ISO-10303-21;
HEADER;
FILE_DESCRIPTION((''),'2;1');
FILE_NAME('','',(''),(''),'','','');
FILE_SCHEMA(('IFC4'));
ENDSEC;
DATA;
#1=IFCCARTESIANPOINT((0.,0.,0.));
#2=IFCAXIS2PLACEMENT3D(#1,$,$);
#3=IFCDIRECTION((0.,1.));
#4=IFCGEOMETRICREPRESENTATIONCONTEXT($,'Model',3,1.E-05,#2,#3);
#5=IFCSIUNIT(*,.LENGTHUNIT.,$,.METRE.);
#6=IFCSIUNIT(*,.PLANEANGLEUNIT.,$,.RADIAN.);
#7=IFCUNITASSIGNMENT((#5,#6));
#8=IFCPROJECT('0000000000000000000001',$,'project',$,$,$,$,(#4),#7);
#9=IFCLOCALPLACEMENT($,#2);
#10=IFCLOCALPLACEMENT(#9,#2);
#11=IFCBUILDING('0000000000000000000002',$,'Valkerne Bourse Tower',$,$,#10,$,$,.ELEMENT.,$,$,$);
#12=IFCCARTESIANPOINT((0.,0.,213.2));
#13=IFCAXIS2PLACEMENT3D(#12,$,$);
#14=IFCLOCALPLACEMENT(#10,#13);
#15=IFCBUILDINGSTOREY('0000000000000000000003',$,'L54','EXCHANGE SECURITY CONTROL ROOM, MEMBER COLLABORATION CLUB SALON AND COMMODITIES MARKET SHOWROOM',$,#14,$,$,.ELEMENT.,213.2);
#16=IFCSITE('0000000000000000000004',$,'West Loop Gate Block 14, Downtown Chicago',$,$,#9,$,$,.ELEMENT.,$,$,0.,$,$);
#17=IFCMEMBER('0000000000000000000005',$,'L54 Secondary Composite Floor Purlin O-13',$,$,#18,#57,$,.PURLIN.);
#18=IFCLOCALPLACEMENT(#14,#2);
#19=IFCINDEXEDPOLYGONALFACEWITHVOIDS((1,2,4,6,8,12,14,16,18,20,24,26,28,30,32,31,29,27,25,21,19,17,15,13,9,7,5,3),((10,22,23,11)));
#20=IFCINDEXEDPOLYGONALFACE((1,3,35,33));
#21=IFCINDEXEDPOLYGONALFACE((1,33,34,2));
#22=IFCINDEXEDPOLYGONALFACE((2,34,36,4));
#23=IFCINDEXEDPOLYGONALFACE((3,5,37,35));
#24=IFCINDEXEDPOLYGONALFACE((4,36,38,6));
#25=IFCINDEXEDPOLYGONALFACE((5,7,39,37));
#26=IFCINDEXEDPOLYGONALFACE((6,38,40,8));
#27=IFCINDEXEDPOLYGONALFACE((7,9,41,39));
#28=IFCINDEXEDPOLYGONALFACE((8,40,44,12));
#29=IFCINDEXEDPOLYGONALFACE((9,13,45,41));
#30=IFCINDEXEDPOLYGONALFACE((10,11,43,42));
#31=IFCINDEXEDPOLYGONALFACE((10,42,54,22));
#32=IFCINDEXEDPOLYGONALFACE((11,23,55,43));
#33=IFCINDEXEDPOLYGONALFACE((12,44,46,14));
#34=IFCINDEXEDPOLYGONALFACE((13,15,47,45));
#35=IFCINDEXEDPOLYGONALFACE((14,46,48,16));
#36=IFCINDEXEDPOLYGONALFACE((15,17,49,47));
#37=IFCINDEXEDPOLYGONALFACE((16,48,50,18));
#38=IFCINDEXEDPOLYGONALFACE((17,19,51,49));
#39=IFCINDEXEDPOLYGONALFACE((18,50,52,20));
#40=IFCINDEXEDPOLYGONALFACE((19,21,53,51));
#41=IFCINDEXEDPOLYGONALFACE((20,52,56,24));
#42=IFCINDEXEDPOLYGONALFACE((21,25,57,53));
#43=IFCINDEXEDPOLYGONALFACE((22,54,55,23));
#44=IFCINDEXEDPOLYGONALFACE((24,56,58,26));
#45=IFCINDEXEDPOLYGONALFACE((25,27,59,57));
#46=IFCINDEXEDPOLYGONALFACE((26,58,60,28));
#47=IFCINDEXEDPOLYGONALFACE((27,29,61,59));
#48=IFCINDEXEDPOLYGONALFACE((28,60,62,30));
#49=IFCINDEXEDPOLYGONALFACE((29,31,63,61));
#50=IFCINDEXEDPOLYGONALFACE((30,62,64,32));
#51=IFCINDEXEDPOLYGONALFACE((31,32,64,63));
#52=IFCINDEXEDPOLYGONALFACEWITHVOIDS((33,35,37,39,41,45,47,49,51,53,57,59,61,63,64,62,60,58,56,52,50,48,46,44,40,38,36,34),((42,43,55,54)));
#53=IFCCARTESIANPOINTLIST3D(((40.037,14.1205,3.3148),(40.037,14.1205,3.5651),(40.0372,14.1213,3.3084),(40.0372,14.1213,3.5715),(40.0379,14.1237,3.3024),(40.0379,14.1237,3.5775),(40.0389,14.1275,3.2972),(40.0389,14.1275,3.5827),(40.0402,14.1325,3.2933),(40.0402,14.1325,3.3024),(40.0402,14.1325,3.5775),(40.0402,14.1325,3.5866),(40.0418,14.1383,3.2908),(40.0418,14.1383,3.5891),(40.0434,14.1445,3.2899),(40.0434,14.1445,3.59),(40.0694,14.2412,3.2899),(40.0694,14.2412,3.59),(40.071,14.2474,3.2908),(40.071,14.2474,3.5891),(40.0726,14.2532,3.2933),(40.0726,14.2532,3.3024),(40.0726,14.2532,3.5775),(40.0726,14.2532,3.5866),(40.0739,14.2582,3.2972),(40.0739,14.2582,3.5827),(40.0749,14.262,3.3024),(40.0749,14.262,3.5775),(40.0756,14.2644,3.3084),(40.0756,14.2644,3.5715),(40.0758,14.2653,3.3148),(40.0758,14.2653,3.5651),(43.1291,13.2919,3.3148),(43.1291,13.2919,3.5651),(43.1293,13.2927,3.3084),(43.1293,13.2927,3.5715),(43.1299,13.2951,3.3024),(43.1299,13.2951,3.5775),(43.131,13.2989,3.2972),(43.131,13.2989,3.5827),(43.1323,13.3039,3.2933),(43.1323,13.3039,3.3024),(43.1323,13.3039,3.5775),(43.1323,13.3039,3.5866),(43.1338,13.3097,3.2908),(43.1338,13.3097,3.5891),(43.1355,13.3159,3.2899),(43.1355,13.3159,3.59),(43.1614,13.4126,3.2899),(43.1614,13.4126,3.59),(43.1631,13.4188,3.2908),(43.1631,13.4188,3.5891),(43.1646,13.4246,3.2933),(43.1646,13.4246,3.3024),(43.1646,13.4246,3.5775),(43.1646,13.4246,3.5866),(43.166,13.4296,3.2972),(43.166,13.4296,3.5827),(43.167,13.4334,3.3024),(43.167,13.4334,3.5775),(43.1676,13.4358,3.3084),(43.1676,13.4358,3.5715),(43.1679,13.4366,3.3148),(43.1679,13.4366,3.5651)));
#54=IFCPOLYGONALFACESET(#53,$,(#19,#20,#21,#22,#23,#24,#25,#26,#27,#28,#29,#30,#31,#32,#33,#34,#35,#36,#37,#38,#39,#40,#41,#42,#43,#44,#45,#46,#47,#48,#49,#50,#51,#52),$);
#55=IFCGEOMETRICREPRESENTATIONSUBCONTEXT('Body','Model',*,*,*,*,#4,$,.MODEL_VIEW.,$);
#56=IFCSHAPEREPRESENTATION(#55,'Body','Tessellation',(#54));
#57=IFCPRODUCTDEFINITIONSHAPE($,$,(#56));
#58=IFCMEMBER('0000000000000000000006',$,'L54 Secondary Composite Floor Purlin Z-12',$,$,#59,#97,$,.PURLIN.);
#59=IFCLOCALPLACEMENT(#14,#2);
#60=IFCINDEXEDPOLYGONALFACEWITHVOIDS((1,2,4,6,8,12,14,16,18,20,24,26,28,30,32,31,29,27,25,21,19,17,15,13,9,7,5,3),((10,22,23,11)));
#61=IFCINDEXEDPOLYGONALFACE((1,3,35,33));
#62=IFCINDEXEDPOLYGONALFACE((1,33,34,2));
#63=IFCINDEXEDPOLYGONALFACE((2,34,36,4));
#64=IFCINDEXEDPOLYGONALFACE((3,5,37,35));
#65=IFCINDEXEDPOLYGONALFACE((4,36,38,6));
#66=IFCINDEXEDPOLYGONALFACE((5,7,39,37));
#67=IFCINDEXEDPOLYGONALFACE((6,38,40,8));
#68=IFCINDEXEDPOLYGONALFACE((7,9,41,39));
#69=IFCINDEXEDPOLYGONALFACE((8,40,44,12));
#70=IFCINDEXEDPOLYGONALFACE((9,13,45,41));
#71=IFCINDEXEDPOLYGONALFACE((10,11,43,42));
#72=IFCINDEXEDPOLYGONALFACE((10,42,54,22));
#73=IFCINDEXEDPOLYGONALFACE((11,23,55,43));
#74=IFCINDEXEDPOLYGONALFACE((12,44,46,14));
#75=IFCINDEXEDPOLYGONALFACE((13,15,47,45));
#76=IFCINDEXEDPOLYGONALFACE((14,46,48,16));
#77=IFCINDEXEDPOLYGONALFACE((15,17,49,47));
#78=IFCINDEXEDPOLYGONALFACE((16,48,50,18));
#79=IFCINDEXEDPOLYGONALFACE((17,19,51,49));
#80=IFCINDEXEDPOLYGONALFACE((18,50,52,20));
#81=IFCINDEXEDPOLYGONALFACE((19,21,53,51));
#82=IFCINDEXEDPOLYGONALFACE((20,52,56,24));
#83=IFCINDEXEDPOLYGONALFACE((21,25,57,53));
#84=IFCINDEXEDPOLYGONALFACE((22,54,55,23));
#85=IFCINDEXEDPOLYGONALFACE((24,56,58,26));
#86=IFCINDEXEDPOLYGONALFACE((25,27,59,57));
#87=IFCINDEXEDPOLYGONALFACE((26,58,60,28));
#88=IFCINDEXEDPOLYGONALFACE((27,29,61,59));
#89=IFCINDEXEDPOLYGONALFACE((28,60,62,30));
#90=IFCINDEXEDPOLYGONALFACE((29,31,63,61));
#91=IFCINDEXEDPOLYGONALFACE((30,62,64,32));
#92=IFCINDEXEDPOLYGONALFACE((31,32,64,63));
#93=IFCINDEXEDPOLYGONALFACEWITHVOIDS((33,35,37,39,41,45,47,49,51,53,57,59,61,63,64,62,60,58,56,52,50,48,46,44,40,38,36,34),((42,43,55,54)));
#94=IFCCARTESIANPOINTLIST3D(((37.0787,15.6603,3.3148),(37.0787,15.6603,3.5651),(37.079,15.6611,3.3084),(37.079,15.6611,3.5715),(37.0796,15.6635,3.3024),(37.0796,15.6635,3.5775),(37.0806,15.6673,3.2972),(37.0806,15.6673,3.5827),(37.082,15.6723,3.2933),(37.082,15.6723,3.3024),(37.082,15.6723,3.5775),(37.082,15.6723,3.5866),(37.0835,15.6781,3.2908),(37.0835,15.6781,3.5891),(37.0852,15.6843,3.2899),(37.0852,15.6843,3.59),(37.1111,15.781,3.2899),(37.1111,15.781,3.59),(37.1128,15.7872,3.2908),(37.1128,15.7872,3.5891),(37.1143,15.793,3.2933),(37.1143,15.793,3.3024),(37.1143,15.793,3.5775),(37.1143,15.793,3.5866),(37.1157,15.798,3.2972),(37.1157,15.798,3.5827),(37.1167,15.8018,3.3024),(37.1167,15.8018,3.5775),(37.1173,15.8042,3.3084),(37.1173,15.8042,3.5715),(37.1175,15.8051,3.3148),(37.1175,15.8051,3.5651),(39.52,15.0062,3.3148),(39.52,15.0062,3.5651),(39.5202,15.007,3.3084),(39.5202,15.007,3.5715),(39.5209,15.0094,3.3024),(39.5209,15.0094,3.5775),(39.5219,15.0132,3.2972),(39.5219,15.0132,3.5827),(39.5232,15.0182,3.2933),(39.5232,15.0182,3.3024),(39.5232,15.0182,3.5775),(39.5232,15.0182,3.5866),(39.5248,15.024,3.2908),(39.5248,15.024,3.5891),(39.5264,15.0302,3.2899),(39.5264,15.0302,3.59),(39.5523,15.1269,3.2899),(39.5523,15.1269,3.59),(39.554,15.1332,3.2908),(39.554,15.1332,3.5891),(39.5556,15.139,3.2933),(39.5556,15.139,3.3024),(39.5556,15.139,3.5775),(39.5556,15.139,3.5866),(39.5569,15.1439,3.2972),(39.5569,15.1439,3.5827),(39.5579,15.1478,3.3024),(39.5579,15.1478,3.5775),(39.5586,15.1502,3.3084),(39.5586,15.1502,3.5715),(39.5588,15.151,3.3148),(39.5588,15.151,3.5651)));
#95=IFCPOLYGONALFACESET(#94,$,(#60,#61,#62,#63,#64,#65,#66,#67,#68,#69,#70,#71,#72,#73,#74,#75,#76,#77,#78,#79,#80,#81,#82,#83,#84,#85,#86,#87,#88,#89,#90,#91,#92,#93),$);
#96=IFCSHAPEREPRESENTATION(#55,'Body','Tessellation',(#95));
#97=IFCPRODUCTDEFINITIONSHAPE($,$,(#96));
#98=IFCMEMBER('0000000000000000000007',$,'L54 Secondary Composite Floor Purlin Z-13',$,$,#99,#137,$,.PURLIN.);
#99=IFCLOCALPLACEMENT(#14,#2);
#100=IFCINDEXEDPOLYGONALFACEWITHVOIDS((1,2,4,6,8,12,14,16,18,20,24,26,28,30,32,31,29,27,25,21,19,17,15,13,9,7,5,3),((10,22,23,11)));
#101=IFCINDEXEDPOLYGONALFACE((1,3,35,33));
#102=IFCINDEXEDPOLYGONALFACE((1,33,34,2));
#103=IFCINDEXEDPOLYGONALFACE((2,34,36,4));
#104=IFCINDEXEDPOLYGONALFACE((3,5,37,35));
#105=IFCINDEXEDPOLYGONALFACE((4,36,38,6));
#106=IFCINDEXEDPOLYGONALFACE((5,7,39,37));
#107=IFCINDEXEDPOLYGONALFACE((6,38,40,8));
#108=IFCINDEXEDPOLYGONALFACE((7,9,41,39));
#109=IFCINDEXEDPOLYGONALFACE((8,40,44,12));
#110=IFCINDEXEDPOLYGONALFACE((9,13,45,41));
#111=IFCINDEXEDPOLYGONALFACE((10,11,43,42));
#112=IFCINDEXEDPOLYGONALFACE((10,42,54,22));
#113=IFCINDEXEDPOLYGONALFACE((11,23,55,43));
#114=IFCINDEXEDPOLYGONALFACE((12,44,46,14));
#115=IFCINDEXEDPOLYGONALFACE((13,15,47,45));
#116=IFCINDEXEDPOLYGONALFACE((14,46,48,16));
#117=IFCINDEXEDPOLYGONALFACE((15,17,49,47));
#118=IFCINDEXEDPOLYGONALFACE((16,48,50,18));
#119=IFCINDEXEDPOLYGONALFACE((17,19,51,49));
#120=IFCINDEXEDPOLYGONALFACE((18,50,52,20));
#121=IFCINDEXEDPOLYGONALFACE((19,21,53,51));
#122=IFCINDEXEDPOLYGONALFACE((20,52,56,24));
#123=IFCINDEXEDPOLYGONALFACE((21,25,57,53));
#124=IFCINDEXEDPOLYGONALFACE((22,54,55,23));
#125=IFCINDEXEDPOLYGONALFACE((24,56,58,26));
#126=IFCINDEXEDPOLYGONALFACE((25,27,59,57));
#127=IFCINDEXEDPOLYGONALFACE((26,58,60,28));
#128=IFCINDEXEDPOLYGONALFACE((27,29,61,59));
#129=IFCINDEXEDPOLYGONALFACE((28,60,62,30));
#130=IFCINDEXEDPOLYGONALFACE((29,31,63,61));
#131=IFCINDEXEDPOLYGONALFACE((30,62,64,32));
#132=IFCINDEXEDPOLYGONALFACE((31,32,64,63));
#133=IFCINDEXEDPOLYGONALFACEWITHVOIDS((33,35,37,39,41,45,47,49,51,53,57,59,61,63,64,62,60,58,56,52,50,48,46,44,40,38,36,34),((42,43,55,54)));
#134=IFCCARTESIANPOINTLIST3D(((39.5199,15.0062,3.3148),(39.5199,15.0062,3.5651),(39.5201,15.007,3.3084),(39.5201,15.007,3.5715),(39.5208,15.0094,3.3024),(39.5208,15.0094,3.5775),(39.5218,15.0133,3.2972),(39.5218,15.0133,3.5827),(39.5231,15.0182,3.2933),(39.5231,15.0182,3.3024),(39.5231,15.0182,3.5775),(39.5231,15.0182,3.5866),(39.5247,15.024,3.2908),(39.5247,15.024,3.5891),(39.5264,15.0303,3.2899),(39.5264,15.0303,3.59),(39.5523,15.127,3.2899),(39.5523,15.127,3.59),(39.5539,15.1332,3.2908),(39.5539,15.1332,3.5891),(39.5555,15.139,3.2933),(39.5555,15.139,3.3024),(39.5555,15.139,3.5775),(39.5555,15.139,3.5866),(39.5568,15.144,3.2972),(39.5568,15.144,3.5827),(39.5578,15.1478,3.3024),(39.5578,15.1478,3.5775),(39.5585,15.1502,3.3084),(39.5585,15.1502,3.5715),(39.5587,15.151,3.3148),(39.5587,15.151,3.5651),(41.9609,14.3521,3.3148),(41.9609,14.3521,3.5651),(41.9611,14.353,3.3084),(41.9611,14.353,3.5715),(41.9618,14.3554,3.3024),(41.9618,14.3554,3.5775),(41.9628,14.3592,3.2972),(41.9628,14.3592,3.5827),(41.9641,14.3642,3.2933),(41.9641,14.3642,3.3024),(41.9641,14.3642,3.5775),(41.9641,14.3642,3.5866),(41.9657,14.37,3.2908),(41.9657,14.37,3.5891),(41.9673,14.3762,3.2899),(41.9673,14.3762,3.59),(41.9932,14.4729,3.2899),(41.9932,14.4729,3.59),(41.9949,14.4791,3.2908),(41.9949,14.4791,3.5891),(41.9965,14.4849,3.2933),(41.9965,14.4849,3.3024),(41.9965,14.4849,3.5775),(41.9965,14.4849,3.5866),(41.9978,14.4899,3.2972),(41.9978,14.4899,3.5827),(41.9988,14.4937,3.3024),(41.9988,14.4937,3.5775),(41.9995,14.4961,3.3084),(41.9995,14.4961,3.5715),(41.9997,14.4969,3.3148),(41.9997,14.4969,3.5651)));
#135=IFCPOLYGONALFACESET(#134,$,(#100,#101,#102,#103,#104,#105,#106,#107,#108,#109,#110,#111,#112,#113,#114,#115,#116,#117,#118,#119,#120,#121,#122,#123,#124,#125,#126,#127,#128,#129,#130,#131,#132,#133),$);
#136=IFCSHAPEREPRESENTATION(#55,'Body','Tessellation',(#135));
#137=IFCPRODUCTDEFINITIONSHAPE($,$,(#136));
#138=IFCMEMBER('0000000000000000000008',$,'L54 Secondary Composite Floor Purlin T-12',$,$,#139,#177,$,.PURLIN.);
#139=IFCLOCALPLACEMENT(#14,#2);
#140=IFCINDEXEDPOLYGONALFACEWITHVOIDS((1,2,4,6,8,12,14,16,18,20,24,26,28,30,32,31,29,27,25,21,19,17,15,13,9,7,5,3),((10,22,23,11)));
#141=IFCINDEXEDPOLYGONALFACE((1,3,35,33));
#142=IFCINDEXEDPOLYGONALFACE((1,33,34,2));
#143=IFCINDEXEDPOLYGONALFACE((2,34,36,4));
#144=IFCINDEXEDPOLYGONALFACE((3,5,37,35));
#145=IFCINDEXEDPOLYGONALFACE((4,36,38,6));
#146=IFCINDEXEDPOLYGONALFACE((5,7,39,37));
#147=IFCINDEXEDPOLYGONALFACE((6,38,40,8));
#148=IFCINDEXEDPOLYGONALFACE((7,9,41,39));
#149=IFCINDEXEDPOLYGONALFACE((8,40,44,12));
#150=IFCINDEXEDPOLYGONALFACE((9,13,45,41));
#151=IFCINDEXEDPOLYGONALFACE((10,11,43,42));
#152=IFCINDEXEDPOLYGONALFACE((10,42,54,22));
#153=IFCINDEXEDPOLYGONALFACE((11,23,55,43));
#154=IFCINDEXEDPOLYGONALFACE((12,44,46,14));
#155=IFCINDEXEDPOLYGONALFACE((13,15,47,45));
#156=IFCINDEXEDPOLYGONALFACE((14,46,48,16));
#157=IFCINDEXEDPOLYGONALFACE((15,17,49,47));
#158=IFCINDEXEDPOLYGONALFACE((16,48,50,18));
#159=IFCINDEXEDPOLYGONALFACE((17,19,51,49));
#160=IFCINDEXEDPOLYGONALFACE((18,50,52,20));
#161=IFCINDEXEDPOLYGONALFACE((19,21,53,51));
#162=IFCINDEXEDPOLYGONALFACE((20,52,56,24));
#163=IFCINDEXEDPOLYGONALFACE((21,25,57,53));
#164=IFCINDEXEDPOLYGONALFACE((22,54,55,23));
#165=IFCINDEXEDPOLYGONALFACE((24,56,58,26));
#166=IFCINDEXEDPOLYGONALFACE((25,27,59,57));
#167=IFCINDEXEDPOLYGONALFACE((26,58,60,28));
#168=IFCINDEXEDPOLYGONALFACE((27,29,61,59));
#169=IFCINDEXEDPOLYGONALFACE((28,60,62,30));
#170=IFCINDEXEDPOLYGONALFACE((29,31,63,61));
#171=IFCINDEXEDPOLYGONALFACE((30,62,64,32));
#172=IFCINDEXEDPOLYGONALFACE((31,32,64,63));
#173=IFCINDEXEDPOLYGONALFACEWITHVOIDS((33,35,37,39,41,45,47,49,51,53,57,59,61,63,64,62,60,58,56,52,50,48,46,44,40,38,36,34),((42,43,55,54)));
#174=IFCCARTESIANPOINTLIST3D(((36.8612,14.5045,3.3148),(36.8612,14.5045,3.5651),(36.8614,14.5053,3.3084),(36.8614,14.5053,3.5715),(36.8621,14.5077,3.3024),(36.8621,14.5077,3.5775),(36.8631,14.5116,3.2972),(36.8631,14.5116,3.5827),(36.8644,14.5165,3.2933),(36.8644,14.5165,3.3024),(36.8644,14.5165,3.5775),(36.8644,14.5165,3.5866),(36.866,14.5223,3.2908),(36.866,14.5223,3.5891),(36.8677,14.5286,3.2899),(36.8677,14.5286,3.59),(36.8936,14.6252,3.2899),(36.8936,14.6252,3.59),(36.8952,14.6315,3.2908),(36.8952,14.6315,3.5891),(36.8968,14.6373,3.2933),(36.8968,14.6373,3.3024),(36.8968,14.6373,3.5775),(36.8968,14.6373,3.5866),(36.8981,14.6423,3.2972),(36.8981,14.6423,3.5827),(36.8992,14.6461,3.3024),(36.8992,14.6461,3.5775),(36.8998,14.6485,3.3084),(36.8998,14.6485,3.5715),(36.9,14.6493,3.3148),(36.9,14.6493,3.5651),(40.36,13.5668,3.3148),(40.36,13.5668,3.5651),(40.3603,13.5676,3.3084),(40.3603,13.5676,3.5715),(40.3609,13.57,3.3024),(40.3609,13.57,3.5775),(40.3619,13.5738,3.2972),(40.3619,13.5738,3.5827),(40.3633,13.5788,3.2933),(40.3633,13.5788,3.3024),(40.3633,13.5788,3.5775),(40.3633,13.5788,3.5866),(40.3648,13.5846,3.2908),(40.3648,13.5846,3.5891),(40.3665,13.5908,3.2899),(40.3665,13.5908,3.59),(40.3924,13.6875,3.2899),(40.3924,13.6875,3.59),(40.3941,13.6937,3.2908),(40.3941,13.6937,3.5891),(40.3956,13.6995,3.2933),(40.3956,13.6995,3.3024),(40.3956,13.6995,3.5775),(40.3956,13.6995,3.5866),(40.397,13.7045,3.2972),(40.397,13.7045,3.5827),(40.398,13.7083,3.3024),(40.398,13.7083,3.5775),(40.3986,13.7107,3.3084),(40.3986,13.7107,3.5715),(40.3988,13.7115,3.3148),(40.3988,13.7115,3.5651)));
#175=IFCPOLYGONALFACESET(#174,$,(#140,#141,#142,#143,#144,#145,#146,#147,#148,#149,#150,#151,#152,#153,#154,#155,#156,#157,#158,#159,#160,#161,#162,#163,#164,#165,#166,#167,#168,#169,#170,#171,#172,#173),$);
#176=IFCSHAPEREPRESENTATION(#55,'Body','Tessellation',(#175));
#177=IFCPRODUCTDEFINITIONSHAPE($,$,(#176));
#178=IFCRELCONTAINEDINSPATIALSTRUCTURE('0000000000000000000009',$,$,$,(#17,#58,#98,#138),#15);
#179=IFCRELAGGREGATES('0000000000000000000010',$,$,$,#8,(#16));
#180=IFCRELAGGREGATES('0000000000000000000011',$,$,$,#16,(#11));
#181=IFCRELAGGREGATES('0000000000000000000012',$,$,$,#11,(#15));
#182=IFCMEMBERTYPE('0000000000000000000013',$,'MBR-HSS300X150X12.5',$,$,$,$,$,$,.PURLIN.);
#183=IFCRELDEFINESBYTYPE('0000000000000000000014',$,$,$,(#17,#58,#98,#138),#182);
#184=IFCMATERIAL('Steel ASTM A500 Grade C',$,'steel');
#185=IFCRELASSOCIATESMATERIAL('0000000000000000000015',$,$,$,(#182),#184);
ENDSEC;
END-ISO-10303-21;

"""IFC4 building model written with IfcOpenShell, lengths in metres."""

from ifc_helpers import new_model, si_unit, direction, frame, origin, origin_2d, place, context, subcontext, project, spatial, hollow_rectangle, extrude, material, material_profile, profile_set, type_object, element, save


model = new_model("IFC4")

# Units and contexts
model_context = context("Model", 3, precision=1e-05, world=origin(), true_north=direction((0.0, 1.0)))
body_context = subcontext(model_context, "Body", "Model", "MODEL_VIEW")
ifc_project = project(units=[si_unit("LENGTHUNIT", "METRE"), si_unit("PLANEANGLEUNIT", "RADIAN")], contexts=[model_context])

# Site, building, storey
site_placement = place(None, origin())
site = spatial("IfcSite", under=ifc_project, at=site_placement, Name="West Loop Gate Block 14, Downtown Chicago", CompositionType="ELEMENT", RefElevation=0.0)
building_placement = place(site_placement, origin())
building = spatial("IfcBuilding", under=site, at=building_placement, Name="Valkerne Bourse Tower", CompositionType="ELEMENT")
storey_placement = place(building_placement, frame((0.0, 0.0, 213.2)))
storey = spatial("IfcBuildingStorey", under=building, at=storey_placement, Name="L54", Description="EXCHANGE SECURITY CONTROL ROOM, MEMBER COLLABORATION CLUB SALON AND COMMODITIES MARKET SHOWROOM", CompositionType="ELEMENT", Elevation=213.2)

# Members
ifc_material_1 = material(Name="Steel ASTM A500 Grade C", Category="steel")
ifc_material_profile_1 = material_profile(ifc_material_1, hollow_rectangle(XDim=0.1499, YDim=0.3, WallThickness=0.0125, OuterFilletRadius=0.0249, at=origin_2d()), Name="HSS300X150X12.5")
ifc_profile_set_1 = profile_set([ifc_material_profile_1], Name="Steel ASTM A500 Grade C")
member_type_1 = type_object("IfcMemberType", Name="MBR-HSS300X150X12.5", PredefinedType="PURLIN", material=ifc_profile_set_1)
for number, where, z_axis, x_axis, name in (
    (1, (40.0564, 14.1929, 3.4399), (0.965918, -0.258849, 0.0), (0.258849, 0.965918, 0.0), "L54 Secondary Composite Floor Purlin O-13"),
):
    element("IfcMember", number, at=place(storey_placement, frame(where, z_axis=z_axis, x_axis=x_axis)), inside=storey, type_object=member_type_1, Name=name, PredefinedType="PURLIN", context=body_context, shape_type="SweptSolid", body=[
        extrude(hollow_rectangle(XDim=0.1499, YDim=0.3, WallThickness=0.0125, OuterFilletRadius=0.0249, at=origin_2d()), origin(), (0.0, 0.0, 1.0), 3.2012),
    ])
member_1_placement = place(storey_placement, frame((37.0981, 15.7327, 3.4399), z_axis=(0.965931, -0.258799, 0.0), x_axis=(0.258799, 0.965931, 0.0)))
element("IfcMember", 2, at=member_1_placement, inside=storey, type_object=member_type_1, Name="L54 Secondary Composite Floor Purlin Z-12", PredefinedType="PURLIN", context=body_context, shape_type="SweptSolid", body=[
    extrude(hollow_rectangle(XDim=0.1499, YDim=0.3, WallThickness=0.0125, OuterFilletRadius=0.0249, at=origin_2d()), origin(), (0.0, 0.0, 1.0), 2.5273),
])
member_2_placement = place(storey_placement, frame((39.5393, 15.0786, 3.4399), z_axis=(0.965925, -0.258823, 0.0), x_axis=(0.258823, 0.965925, 0.0)))
element("IfcMember", 3, at=member_2_placement, inside=storey, type_object=member_type_1, Name="L54 Secondary Composite Floor Purlin Z-13", PredefinedType="PURLIN", context=body_context, shape_type="SweptSolid", body=[
    extrude(hollow_rectangle(XDim=0.1499, YDim=0.3, WallThickness=0.0125, OuterFilletRadius=0.0249, at=origin_2d()), origin(), (0.0, 0.0, 1.0), 2.5271),
])
member_3_placement = place(storey_placement, frame((36.8806, 14.5769, 3.4399), z_axis=(0.965909, -0.258883, 0.0), x_axis=(0.258883, 0.965909, 0.0)))
element("IfcMember", 4, at=member_3_placement, inside=storey, type_object=member_type_1, Name="L54 Secondary Composite Floor Purlin T-12", PredefinedType="PURLIN", context=body_context, shape_type="SweptSolid", body=[
    extrude(hollow_rectangle(XDim=0.1499, YDim=0.3, WallThickness=0.0125, OuterFilletRadius=0.0249, at=origin_2d()), origin(), (0.0, 0.0, 1.0), 3.6223),
])

save(model, "model.ifc")
